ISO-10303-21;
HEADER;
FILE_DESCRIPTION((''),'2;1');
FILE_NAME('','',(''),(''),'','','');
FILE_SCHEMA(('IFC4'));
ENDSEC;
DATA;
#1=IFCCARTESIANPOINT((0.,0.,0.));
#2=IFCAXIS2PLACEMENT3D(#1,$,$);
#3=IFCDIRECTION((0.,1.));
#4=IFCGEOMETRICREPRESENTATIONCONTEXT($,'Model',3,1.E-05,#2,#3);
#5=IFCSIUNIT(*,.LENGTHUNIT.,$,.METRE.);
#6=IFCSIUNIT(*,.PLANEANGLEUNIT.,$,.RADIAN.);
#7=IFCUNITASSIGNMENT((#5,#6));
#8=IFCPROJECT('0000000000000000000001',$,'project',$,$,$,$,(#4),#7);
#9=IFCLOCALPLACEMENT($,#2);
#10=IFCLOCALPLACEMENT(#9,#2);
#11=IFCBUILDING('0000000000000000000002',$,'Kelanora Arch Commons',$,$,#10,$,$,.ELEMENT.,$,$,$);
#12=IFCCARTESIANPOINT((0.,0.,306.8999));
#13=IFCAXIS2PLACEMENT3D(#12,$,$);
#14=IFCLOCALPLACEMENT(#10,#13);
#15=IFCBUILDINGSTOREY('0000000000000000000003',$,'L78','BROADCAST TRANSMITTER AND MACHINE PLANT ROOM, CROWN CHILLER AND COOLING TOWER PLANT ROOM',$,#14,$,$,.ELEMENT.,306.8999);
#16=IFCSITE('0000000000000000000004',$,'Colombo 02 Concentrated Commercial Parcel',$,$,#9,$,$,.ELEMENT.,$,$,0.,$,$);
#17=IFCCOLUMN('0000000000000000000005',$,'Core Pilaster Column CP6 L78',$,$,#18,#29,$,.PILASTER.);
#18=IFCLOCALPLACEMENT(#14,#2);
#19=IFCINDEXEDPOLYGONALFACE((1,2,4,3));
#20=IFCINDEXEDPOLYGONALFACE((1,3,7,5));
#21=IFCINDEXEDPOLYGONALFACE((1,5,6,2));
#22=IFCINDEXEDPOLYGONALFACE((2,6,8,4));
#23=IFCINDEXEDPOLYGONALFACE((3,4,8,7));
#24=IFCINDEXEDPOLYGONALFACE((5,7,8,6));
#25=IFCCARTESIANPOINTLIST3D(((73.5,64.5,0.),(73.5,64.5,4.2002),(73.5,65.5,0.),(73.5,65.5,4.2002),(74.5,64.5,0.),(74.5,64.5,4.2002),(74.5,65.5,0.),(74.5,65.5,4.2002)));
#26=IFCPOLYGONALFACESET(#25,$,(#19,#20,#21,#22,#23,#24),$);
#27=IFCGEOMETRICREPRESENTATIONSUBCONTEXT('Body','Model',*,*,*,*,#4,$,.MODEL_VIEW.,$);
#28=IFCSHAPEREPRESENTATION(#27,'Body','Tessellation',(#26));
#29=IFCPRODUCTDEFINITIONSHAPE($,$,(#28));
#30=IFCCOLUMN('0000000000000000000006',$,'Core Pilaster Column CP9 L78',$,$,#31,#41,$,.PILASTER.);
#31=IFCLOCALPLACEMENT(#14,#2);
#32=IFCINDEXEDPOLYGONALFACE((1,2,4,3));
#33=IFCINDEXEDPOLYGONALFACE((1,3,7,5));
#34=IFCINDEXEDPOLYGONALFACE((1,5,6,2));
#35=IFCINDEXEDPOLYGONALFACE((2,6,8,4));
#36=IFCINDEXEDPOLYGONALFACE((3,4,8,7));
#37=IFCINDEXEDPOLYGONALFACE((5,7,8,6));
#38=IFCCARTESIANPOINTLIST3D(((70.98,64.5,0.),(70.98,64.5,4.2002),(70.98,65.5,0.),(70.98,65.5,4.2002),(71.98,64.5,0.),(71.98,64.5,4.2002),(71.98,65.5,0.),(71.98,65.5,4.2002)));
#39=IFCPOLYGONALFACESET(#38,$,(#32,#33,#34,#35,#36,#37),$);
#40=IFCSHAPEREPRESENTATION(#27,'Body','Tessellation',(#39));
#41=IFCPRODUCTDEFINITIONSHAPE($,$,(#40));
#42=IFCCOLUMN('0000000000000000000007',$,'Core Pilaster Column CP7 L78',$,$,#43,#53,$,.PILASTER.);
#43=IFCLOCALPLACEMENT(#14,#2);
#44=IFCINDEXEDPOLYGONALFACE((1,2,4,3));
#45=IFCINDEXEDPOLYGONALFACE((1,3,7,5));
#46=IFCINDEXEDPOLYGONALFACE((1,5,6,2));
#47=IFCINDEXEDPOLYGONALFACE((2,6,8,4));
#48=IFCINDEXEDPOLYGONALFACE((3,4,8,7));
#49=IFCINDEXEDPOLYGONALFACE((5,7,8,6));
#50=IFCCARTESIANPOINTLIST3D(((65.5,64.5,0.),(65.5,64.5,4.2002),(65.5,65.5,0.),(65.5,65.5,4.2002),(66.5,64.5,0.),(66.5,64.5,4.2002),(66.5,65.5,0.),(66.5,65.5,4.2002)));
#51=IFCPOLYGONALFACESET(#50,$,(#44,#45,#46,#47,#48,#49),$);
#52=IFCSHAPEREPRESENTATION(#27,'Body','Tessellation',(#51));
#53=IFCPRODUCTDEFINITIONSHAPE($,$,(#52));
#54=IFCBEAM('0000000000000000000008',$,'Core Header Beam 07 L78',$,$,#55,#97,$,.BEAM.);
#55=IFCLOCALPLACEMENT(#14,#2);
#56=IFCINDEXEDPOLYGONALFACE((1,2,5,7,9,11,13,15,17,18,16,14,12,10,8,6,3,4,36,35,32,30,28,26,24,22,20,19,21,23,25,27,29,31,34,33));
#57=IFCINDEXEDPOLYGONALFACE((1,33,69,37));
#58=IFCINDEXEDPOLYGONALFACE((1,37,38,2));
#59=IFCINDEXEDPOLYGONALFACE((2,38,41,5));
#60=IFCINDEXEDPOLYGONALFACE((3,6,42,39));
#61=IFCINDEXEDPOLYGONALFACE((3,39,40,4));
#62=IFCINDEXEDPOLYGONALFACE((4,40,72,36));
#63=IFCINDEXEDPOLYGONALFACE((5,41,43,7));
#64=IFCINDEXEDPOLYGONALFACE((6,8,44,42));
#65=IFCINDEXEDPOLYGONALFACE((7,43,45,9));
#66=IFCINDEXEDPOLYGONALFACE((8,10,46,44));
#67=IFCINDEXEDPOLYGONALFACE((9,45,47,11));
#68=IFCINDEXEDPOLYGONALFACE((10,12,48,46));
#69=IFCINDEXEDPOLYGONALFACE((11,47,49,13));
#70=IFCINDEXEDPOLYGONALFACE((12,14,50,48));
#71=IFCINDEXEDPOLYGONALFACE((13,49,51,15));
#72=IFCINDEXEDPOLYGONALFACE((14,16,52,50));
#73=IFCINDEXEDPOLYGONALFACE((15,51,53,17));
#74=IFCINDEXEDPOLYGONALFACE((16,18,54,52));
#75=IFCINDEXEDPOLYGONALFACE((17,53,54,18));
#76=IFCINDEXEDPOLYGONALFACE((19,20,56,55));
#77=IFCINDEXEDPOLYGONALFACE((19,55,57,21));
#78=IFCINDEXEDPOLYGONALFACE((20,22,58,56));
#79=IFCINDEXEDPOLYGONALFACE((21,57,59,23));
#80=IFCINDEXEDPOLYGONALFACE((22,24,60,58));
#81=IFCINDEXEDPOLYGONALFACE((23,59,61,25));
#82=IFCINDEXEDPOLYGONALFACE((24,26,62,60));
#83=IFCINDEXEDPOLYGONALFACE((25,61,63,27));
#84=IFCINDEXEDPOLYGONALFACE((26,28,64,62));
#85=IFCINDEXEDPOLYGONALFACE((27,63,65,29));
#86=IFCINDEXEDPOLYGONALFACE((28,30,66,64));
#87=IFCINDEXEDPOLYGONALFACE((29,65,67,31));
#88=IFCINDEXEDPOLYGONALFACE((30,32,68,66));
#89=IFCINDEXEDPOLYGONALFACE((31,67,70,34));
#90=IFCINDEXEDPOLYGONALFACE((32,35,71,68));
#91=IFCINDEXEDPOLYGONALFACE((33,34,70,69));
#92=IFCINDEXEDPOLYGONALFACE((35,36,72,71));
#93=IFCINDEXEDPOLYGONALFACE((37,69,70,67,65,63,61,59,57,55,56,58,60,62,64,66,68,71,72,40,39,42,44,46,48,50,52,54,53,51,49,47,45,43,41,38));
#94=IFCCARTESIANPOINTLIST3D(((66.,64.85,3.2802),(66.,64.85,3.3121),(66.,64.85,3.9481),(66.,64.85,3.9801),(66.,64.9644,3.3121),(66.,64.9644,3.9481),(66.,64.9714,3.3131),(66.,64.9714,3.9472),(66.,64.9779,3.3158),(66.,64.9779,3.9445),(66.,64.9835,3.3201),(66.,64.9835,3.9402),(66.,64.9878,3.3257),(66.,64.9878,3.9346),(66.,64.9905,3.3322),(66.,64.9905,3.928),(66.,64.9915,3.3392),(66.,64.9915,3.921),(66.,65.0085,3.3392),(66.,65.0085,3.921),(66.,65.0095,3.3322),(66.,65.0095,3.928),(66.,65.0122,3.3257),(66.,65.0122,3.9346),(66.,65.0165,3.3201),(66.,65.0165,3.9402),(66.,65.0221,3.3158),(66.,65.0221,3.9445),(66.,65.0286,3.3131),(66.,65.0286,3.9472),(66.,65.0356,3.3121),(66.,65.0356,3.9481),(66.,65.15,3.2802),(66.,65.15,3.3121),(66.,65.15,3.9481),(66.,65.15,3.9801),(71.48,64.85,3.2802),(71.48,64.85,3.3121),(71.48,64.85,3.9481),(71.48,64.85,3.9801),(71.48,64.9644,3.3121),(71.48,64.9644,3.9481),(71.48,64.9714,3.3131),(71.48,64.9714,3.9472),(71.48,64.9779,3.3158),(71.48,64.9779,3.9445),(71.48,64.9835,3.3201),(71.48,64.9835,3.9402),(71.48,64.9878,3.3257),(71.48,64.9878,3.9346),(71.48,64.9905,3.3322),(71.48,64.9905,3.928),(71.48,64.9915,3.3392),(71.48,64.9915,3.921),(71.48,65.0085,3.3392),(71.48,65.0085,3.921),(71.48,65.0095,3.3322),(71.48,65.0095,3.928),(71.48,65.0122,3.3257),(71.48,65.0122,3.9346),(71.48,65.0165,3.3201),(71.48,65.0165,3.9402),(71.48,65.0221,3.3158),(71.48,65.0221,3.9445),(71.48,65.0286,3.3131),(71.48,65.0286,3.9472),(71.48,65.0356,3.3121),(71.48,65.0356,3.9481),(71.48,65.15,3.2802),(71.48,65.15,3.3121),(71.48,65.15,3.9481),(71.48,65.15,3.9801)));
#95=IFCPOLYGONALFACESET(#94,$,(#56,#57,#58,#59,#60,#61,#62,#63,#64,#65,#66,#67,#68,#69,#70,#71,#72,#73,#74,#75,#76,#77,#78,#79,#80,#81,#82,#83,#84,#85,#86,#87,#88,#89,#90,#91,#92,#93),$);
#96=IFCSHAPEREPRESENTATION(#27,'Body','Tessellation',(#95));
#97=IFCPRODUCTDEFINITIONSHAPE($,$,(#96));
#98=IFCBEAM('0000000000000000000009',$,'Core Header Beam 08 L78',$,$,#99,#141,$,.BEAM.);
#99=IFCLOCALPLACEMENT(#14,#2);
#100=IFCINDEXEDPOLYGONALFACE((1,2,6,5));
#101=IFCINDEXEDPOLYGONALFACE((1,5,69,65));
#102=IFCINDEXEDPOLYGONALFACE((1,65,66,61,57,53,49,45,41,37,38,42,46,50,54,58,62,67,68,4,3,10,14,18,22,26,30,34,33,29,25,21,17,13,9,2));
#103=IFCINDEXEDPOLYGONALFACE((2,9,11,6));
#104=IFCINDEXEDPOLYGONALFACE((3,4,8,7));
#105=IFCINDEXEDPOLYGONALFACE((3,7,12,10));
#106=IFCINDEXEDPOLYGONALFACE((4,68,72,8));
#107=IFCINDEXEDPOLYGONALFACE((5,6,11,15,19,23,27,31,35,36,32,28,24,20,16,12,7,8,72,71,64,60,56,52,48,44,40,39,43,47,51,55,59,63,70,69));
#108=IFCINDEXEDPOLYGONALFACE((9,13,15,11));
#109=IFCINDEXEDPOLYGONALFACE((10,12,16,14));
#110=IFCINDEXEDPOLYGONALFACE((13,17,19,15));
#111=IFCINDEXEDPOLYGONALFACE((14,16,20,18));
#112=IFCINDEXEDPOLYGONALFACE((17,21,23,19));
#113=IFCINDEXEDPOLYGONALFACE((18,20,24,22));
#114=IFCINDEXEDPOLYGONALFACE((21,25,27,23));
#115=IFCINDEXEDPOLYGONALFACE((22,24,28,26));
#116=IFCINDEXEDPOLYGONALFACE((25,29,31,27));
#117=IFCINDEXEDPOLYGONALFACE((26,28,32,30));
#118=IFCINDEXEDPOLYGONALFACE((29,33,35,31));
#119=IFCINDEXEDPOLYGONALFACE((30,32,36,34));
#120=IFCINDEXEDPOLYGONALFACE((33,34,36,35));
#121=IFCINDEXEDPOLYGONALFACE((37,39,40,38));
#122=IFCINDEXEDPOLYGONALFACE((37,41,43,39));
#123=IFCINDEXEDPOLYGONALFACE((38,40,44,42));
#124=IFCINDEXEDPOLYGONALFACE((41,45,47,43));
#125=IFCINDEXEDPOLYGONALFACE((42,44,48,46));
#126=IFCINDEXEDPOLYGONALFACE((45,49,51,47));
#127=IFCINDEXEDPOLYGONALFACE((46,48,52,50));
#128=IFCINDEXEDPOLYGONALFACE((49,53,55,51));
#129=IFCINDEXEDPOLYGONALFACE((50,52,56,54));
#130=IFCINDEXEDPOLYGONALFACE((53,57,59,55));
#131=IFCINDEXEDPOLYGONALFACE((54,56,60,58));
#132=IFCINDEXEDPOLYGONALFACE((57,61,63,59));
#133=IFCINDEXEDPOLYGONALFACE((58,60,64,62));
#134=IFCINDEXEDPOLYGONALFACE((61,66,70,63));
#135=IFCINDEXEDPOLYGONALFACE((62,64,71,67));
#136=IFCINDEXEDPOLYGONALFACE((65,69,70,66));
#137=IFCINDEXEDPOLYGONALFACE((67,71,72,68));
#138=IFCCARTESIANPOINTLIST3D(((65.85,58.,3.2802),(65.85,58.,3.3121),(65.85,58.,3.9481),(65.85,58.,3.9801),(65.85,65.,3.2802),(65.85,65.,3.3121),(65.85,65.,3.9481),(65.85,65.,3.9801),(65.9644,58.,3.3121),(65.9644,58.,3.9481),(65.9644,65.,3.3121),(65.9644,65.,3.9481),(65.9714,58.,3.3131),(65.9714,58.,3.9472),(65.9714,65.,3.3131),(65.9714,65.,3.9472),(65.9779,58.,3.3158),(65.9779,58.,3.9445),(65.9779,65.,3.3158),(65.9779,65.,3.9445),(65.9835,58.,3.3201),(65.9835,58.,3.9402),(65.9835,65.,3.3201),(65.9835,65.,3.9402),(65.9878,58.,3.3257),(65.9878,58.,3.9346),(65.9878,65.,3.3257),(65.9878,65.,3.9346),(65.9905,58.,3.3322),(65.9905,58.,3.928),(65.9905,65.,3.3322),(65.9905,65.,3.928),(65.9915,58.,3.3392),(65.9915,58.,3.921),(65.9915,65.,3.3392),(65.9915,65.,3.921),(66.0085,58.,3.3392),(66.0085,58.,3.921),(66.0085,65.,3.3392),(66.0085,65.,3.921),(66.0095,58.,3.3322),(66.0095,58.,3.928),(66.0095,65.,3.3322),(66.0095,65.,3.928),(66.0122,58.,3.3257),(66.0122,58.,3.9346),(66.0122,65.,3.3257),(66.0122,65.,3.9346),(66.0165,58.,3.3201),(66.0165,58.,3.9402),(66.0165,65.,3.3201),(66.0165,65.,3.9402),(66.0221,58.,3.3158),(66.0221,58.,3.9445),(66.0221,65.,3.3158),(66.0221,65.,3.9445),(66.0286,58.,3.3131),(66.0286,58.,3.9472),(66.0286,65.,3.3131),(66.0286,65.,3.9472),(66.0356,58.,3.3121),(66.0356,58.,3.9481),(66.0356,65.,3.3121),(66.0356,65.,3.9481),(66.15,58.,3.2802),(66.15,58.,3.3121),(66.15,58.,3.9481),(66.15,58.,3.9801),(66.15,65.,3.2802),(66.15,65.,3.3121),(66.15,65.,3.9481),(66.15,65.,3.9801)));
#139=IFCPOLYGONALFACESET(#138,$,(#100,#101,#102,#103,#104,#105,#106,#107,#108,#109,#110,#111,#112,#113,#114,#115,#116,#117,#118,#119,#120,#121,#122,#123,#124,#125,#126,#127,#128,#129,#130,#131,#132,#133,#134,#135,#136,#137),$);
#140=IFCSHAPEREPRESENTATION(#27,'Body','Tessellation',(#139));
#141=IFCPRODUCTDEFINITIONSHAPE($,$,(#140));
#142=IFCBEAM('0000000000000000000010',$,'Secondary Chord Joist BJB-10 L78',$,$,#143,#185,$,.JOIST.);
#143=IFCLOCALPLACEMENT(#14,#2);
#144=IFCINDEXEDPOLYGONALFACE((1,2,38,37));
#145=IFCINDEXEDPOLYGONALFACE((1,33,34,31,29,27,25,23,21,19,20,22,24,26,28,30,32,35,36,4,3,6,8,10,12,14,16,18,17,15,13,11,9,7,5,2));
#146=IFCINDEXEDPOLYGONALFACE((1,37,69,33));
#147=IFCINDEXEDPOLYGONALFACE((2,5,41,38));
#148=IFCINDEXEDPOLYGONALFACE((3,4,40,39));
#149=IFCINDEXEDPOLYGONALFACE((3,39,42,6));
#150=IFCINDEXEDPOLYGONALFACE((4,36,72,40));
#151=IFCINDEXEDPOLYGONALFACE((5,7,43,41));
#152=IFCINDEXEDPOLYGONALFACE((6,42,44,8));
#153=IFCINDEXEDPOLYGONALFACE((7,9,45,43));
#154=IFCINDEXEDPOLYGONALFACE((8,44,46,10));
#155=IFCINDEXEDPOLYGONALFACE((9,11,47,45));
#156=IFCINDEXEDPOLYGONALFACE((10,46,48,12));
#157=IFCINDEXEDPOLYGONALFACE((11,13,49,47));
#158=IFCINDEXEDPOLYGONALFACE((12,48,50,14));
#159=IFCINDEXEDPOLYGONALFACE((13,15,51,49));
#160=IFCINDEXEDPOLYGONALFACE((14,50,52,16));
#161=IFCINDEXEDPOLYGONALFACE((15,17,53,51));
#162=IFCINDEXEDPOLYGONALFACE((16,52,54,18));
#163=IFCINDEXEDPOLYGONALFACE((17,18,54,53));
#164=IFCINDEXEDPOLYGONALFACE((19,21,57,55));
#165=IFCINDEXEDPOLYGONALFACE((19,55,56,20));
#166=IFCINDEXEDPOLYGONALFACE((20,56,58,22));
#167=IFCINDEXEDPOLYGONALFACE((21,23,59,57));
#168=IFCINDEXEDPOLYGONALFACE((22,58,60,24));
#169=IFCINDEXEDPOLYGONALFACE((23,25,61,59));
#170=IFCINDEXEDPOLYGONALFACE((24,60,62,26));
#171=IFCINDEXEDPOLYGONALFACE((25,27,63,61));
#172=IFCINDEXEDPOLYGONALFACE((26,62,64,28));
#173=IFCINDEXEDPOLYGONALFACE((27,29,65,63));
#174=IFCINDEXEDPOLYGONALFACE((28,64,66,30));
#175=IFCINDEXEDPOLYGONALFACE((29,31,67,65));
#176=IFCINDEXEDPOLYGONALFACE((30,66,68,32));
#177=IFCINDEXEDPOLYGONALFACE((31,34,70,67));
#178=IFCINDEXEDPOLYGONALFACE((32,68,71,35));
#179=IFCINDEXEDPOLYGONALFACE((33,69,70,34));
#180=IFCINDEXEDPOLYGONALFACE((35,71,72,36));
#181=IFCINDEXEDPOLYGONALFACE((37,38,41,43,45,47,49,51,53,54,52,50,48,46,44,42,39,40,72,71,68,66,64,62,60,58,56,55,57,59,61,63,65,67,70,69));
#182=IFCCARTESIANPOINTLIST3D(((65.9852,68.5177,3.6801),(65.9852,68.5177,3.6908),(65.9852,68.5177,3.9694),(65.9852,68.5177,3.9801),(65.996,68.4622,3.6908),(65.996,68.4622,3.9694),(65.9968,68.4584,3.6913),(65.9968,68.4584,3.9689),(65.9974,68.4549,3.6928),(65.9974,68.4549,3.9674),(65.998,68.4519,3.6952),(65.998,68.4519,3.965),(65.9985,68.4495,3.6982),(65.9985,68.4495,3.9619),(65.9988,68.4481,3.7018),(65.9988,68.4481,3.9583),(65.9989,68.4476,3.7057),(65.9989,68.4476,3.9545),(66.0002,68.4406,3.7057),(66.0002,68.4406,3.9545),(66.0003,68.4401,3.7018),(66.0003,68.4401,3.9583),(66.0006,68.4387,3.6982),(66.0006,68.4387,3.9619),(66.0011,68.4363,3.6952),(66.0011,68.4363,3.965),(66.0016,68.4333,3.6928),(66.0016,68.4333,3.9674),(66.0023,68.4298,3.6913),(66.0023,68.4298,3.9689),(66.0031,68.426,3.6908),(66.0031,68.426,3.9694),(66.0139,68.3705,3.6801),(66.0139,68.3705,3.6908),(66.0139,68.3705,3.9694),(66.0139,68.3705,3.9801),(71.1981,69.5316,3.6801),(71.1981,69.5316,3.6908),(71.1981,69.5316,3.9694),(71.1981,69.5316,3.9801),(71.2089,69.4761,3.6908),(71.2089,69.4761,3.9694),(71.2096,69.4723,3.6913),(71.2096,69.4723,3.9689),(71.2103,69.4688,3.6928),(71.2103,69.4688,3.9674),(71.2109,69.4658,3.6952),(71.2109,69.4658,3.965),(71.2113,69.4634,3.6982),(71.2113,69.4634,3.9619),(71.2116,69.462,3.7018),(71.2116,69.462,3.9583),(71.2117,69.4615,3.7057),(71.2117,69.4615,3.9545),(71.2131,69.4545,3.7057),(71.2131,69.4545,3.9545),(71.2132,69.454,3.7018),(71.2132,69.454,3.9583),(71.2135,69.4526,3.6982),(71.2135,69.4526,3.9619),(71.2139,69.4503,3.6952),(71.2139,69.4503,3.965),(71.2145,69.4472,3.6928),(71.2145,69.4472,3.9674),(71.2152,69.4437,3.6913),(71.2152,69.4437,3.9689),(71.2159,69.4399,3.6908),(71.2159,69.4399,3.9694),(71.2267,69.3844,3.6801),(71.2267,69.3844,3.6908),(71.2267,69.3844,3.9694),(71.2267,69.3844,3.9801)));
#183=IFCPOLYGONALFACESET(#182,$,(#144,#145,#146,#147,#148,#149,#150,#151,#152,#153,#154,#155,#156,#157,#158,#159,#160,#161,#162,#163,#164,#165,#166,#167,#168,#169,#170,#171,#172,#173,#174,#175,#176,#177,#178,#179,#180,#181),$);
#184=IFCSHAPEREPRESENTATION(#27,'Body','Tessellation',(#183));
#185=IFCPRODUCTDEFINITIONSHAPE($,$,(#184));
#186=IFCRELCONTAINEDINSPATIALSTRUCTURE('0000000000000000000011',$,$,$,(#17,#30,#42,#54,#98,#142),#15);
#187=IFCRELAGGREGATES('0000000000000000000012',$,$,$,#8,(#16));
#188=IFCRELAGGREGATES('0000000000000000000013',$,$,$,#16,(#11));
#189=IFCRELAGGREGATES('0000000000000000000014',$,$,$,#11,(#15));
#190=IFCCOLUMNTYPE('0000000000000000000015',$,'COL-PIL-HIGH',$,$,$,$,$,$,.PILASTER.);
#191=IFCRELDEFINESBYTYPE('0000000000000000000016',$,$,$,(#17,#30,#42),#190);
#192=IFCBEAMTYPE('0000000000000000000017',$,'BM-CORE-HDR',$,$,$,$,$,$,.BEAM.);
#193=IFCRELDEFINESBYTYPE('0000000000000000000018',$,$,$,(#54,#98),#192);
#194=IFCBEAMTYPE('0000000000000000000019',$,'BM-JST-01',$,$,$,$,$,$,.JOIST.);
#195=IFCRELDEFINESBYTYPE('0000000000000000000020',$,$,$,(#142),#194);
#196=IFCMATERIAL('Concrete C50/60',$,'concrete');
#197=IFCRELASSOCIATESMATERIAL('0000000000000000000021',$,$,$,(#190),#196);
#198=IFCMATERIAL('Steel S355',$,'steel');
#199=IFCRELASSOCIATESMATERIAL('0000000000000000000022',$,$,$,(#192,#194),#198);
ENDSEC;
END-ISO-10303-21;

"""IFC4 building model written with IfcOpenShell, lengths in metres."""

from ifc_helpers import new_model, si_unit, direction, frame, origin, origin_2d, place, context, subcontext, project, spatial, rectangle, i_section, extrude, material, material_profile, profile_set, type_object, element, save


model = new_model("IFC4")

# Units and contexts
model_context = context("Model", 3, precision=1e-05, world=origin(), true_north=direction((0.0, 1.0)))
body_context = subcontext(model_context, "Body", "Model", "MODEL_VIEW")
ifc_project = project(units=[si_unit("LENGTHUNIT", "METRE"), si_unit("PLANEANGLEUNIT", "RADIAN")], contexts=[model_context])

# Site, building, storey
site_placement = place(None, origin())
site = spatial("IfcSite", under=ifc_project, at=site_placement, Name="Colombo 02 Concentrated Commercial Parcel", CompositionType="ELEMENT", RefElevation=0.0)
building_placement = place(site_placement, origin())
building = spatial("IfcBuilding", under=site, at=building_placement, Name="Kelanora Arch Commons", CompositionType="ELEMENT")
storey_placement = place(building_placement, frame((0.0, 0.0, 306.8999)))
storey = spatial("IfcBuildingStorey", under=building, at=storey_placement, Name="L78", Description="BROADCAST TRANSMITTER AND MACHINE PLANT ROOM, CROWN CHILLER AND COOLING TOWER PLANT ROOM", CompositionType="ELEMENT", Elevation=306.8999)

# Columns
ifc_material_1 = material(Name="Concrete C50/60", Category="concrete")
ifc_material_profile_1 = material_profile(ifc_material_1, rectangle(XDim=1.0, YDim=1.0, at=origin_2d()), Name="RC1000x1000")
ifc_profile_set_1 = profile_set([ifc_material_profile_1], Name="Concrete C50/60")
column_type = type_object("IfcColumnType", Name="COL-PIL-HIGH", PredefinedType="PILASTER", material=ifc_profile_set_1)
for number, where, z_axis, x_axis, name in (
    (1, (74.0, 65.0, 0.0), (0.0, 0.0, 1.0), (1.0, 0.0, 0.0), "Core Pilaster Column CP6 L78"),
    (2, (71.48, 65.0, 0.0), (0.0, 0.0, 1.0), (1.0, 0.0, 0.0), "Core Pilaster Column CP9 L78"),
    (3, (66.0, 65.0, 0.0), (0.0, 0.0, 1.0), (1.0, 0.0, 0.0), "Core Pilaster Column CP7 L78"),
):
    element("IfcColumn", number, at=place(storey_placement, frame(where, z_axis=z_axis, x_axis=x_axis)), inside=storey, type_object=column_type, Name=name, PredefinedType="PILASTER", context=body_context, shape_type="SweptSolid", body=[
        extrude(rectangle(XDim=1.0, YDim=1.0, at=origin_2d()), origin(), (0.0, 0.0, 1.0), 4.2002),
    ])

# Beams
ifc_material_2 = material(Name="Steel S355", Category="steel")
ifc_material_profile_2 = material_profile(ifc_material_2, i_section(OverallWidth=0.3, OverallDepth=0.7, WebThickness=0.0171, FlangeThickness=0.032, FilletRadius=0.0271, at=origin_2d()), Name="HEB700")
ifc_profile_set_2 = profile_set([ifc_material_profile_2], Name="Steel S355")
beam_type_1 = type_object("IfcBeamType", Name="BM-CORE-HDR", PredefinedType="BEAM", material=ifc_profile_set_2)
beam_1_placement = place(storey_placement, frame((71.48, 65.0, 3.6301), z_axis=(-1.0, 0.0, 0.0), x_axis=(0.0, -1.0, 0.0)))
element("IfcBeam", 4, at=beam_1_placement, inside=storey, type_object=beam_type_1, Name="Core Header Beam 07 L78", PredefinedType="BEAM", context=body_context, shape_type="SweptSolid", body=[
    extrude(i_section(OverallWidth=0.3, OverallDepth=0.7, WebThickness=0.0171, FlangeThickness=0.032, FilletRadius=0.0271, at=origin_2d()), origin(), (0.0, 0.0, 1.0), 5.48),
])
beam_2_placement = place(storey_placement, frame((66.0, 65.0, 3.6301), z_axis=(0.0, -1.0, 0.0), x_axis=(1.0, 0.0, 0.0)))
element("IfcBeam", 5, at=beam_2_placement, inside=storey, type_object=beam_type_1, Name="Core Header Beam 08 L78", PredefinedType="BEAM", context=body_context, shape_type="SweptSolid", body=[
    extrude(i_section(OverallWidth=0.3, OverallDepth=0.7, WebThickness=0.0171, FlangeThickness=0.032, FilletRadius=0.0271, at=origin_2d()), origin(), (0.0, 0.0, 1.0), 7.0),
])
ifc_material_profile_3 = material_profile(ifc_material_2, i_section(OverallWidth=0.1499, OverallDepth=0.3, WebThickness=0.0071, FlangeThickness=0.0107, FilletRadius=0.0149, at=origin_2d()), Name="IPE300")
ifc_profile_set_3 = profile_set([ifc_material_profile_3], Name="Steel S355")
beam_type_2 = type_object("IfcBeamType", Name="BM-JST-01", PredefinedType="JOIST", material=ifc_profile_set_3)
beam_3_placement = place(storey_placement, frame((71.2124, 69.458, 3.8301), z_axis=(-0.981605, -0.190924, 0.0), x_axis=(0.190924, -0.981605, 0.0)))
element("IfcBeam", 6, at=beam_3_placement, inside=storey, type_object=beam_type_2, Name="Secondary Chord Joist BJB-10 L78", PredefinedType="JOIST", context=body_context, shape_type="SweptSolid", body=[
    extrude(i_section(OverallWidth=0.1499, OverallDepth=0.3, WebThickness=0.0071, FlangeThickness=0.0107, FilletRadius=0.0149, at=origin_2d()), origin(), (0.0, 0.0, 1.0), 5.3105),
])

save(model, "model.ifc")
